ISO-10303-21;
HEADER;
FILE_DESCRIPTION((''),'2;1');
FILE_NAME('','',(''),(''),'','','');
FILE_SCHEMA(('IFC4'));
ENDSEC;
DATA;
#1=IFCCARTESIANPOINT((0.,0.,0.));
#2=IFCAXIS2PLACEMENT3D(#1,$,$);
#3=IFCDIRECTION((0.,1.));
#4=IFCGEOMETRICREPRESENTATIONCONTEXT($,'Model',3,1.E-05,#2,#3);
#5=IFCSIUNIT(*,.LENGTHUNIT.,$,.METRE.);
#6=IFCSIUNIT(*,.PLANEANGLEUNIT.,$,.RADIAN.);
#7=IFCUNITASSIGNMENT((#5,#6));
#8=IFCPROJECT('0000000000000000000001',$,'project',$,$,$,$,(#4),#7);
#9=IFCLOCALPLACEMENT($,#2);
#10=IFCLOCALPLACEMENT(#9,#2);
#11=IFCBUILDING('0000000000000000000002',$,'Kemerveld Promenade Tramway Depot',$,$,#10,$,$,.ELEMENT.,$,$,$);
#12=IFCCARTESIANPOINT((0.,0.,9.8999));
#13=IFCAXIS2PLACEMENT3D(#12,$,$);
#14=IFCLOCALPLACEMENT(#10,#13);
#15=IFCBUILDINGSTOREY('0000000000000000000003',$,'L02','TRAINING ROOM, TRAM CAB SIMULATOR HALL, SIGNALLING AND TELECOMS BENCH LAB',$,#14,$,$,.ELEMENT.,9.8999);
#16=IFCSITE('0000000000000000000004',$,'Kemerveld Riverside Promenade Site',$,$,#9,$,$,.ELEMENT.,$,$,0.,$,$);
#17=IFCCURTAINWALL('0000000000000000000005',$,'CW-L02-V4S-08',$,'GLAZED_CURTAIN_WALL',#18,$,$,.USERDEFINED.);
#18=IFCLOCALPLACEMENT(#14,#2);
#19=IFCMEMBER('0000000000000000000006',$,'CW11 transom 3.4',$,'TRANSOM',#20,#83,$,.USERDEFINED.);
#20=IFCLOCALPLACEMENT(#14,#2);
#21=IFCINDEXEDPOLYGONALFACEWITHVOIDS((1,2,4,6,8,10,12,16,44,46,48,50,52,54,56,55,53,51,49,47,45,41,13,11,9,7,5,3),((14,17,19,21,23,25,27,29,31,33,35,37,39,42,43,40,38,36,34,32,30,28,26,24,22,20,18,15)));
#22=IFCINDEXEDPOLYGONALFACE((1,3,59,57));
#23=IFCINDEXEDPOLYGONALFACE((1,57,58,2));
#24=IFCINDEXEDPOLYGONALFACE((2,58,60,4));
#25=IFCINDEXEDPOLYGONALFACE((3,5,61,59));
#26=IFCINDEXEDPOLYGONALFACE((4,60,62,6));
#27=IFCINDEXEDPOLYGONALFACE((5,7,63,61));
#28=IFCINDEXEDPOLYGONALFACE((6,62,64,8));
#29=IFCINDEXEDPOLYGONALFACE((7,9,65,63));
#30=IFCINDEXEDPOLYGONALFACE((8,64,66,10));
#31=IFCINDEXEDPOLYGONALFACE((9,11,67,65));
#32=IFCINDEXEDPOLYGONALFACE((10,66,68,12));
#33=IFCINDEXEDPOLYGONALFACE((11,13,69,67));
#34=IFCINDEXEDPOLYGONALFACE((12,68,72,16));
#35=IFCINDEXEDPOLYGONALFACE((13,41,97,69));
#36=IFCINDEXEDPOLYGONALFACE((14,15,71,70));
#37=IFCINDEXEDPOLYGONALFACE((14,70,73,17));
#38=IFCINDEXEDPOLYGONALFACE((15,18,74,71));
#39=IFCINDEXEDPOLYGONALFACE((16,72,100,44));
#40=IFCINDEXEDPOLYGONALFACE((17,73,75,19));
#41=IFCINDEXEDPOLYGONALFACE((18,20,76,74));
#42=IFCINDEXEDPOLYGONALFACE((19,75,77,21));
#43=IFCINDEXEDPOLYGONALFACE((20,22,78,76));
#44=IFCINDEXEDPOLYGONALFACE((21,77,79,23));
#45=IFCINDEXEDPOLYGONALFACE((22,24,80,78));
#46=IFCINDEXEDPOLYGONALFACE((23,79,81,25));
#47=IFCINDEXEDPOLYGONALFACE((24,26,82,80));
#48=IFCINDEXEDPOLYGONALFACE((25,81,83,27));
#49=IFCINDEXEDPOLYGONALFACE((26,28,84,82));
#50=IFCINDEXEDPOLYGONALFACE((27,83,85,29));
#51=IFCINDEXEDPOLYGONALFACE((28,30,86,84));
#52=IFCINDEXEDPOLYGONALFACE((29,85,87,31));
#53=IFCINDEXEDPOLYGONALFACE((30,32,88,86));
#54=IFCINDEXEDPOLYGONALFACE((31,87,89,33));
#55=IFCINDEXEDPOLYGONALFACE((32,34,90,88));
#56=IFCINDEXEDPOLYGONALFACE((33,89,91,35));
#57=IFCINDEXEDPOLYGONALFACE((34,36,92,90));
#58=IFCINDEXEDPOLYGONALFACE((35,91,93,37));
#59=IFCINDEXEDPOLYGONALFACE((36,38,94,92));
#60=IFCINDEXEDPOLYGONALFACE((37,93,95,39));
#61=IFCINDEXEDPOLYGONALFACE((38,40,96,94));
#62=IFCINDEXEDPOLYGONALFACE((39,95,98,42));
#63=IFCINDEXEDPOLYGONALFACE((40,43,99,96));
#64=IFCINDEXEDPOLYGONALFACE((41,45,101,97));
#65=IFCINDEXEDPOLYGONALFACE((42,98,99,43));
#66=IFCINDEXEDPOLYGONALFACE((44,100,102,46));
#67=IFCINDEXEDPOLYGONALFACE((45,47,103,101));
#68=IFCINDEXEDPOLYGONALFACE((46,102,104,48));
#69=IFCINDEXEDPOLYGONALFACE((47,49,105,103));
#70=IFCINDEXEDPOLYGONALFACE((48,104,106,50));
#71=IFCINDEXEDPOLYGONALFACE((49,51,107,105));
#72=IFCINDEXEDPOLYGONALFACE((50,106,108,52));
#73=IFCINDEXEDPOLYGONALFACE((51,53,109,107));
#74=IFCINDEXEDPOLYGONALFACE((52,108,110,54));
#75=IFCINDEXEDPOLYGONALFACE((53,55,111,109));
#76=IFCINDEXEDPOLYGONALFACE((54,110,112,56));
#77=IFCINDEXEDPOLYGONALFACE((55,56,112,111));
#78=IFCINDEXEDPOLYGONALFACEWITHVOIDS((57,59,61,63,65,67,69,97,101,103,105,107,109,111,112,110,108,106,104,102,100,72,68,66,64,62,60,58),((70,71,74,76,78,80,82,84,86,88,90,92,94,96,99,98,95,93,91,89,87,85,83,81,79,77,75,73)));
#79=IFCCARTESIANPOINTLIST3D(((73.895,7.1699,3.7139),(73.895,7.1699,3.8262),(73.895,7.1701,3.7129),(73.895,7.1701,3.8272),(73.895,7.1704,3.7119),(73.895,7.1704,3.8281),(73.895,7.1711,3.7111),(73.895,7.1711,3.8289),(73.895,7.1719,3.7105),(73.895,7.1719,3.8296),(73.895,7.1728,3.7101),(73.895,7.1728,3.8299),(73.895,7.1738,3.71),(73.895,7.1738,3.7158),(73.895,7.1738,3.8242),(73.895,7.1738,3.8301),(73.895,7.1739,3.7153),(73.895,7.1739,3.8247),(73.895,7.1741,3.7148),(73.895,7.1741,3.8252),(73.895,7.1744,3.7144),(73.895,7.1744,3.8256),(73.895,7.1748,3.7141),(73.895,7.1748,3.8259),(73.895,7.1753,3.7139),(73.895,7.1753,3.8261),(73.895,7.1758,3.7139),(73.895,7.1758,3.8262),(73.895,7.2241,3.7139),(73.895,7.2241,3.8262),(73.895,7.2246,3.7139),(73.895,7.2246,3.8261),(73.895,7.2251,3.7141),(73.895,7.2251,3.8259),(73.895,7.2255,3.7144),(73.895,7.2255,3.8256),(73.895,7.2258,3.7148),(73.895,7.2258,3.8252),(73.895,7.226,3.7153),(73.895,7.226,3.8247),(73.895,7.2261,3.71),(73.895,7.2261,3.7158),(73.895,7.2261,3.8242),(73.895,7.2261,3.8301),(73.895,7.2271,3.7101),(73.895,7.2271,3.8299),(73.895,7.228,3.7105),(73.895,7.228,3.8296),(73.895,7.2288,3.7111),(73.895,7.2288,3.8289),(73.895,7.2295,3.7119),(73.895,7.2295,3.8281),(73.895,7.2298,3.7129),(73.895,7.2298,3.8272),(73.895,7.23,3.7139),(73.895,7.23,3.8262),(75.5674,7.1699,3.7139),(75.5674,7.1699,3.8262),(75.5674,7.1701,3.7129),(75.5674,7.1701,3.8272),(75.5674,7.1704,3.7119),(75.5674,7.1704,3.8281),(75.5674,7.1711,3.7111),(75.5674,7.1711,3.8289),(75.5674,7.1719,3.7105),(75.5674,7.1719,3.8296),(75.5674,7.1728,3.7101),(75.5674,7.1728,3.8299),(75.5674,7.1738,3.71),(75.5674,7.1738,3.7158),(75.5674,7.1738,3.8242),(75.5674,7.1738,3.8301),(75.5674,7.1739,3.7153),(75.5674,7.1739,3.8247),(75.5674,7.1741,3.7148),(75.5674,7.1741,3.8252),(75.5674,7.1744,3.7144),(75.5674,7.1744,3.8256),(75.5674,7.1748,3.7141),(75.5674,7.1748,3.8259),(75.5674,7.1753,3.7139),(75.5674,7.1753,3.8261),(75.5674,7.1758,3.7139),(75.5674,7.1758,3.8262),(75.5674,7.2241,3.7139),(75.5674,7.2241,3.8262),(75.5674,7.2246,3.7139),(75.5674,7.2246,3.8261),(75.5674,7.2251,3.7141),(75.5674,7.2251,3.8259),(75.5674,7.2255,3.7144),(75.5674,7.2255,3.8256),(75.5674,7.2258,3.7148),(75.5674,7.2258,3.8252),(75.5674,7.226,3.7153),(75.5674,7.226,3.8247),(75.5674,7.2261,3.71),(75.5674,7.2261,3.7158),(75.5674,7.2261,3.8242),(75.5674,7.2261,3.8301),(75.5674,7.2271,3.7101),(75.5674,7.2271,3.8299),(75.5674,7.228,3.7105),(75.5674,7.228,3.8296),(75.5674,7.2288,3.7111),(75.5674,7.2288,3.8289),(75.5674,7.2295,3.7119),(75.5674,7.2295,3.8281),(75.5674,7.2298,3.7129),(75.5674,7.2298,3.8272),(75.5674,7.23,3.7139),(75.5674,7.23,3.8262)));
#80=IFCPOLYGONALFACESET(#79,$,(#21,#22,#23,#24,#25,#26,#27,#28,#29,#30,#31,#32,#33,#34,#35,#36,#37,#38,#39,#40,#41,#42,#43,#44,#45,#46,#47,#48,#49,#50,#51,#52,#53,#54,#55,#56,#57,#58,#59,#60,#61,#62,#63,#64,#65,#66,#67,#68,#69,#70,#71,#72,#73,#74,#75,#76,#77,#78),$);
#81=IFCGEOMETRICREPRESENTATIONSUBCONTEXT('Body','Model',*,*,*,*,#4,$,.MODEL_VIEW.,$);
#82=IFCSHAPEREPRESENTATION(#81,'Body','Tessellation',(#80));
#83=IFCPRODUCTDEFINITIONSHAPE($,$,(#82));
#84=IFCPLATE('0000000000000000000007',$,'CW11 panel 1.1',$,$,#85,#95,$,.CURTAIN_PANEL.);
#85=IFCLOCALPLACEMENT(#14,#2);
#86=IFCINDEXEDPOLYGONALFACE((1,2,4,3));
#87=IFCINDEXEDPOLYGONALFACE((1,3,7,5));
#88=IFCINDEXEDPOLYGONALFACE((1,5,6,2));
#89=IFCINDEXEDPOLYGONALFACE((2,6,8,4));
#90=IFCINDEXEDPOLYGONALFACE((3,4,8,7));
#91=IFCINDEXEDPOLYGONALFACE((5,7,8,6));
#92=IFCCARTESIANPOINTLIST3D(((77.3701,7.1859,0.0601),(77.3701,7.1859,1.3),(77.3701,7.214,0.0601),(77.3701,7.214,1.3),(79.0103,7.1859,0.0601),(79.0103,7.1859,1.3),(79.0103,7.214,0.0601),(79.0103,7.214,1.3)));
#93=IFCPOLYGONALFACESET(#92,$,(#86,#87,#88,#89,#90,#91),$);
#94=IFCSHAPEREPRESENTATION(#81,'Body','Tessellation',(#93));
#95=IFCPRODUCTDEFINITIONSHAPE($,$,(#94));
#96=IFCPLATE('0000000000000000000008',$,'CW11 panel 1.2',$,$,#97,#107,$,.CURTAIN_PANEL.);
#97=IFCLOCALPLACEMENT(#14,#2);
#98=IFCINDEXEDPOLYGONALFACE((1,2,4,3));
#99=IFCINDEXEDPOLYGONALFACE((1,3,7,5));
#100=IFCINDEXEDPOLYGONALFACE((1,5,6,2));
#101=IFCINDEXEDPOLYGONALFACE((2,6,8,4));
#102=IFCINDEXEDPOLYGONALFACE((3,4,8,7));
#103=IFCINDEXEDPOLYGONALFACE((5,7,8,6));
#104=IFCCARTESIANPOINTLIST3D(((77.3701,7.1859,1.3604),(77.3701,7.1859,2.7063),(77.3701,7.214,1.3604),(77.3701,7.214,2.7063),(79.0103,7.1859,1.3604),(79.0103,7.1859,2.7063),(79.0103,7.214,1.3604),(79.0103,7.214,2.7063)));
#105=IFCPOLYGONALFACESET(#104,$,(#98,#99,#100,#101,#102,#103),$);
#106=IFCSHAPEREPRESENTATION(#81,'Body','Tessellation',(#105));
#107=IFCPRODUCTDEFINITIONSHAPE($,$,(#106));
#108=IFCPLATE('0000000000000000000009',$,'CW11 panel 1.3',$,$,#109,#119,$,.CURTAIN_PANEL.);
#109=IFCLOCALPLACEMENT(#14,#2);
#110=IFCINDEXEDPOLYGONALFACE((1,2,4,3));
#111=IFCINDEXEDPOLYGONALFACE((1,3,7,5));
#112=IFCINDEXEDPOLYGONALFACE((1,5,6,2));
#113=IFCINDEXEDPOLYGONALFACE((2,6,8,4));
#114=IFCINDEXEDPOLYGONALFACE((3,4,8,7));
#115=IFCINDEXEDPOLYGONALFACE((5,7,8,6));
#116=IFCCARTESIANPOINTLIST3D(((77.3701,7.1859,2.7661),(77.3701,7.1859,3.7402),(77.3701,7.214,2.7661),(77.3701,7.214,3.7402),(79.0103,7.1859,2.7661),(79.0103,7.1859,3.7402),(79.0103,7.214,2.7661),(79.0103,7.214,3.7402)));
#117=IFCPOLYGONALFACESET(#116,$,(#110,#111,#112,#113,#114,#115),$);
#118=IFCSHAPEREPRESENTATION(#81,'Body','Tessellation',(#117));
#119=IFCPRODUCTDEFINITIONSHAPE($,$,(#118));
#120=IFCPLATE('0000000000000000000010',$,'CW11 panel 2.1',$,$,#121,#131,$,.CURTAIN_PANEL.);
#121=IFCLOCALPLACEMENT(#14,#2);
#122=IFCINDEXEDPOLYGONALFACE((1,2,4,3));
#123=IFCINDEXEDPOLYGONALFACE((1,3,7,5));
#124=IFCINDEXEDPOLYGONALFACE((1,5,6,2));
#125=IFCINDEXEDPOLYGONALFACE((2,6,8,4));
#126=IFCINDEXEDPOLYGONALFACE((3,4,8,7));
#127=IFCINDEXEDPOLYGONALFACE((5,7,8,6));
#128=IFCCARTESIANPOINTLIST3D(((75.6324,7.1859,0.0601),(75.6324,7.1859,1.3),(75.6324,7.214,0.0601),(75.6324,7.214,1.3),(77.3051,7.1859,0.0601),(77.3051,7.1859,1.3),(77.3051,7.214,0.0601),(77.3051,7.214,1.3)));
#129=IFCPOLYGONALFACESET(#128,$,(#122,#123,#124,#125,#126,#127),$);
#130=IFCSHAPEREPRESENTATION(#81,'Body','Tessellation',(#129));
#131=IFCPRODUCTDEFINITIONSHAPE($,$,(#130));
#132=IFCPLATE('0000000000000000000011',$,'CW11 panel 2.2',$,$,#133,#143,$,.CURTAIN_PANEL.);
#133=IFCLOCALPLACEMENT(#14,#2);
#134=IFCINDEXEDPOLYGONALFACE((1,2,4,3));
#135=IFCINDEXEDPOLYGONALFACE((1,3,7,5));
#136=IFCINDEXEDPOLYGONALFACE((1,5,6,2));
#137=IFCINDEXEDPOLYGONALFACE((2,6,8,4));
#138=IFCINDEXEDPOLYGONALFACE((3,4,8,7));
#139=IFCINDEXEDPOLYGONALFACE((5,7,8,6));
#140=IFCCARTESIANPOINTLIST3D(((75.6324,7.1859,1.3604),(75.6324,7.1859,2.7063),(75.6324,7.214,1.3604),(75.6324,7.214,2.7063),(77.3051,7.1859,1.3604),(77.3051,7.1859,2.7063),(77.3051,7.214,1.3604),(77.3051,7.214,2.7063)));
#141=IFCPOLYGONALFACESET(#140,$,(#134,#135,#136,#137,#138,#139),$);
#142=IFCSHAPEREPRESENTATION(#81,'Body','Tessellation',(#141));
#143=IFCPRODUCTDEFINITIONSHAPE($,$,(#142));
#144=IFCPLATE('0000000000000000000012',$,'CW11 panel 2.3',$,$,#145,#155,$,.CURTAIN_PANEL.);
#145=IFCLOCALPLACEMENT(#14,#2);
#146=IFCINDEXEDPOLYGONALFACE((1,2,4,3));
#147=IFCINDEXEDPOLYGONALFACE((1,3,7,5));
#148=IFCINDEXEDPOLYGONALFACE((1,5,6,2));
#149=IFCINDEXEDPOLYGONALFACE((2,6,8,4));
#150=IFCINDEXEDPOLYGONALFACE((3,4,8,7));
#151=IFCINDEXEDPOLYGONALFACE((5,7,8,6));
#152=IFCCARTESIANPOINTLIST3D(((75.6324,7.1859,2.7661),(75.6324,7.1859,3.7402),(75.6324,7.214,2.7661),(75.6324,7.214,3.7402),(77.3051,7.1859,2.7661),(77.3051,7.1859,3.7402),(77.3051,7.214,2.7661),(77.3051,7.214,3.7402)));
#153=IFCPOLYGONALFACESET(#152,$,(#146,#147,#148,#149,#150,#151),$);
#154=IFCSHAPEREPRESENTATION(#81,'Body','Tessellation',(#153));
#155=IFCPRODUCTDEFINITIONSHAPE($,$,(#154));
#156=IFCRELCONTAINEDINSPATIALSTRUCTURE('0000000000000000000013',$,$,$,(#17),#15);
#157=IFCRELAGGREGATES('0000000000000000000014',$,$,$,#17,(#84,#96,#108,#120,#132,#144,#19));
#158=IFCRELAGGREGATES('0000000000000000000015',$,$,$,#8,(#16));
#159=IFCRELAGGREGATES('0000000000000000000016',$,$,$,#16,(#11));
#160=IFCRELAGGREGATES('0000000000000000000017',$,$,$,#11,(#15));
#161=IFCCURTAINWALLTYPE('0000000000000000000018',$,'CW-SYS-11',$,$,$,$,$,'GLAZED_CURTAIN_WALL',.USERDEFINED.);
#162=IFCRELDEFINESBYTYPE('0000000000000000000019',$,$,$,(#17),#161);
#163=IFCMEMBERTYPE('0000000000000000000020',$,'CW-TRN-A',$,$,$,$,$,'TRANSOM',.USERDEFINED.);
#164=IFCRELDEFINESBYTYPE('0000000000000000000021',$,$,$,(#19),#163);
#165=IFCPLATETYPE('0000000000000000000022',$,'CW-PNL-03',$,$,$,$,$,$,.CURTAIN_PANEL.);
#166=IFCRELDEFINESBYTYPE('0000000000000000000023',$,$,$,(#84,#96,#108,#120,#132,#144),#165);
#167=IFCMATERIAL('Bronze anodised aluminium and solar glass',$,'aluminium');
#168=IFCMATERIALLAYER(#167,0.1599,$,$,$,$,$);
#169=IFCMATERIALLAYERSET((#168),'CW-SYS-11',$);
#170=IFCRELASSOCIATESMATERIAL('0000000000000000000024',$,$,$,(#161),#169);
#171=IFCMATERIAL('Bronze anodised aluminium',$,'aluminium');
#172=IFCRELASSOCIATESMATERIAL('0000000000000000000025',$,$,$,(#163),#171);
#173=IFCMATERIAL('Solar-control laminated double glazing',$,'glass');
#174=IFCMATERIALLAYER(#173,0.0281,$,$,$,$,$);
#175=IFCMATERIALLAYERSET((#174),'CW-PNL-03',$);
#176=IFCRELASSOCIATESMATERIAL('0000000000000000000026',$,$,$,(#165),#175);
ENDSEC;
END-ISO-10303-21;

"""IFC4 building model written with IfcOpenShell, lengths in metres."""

from ifc_helpers import new_model, si_unit, direction, frame, origin, origin_2d, place, context, subcontext, project, spatial, rectangle, hollow_rectangle, extrude, material, layer, layer_set, material_profile, profile_set, type_object, element, aggregate, save


model = new_model("IFC4")

# Units and contexts
model_context = context("Model", 3, precision=1e-05, world=origin(), true_north=direction((0.0, 1.0)))
body_context = subcontext(model_context, "Body", "Model", "MODEL_VIEW")
ifc_project = project(units=[si_unit("LENGTHUNIT", "METRE"), si_unit("PLANEANGLEUNIT", "RADIAN")], contexts=[model_context])

# Site, building, storey
site_placement = place(None, origin())
site = spatial("IfcSite", under=ifc_project, at=site_placement, Name="Kemerveld Riverside Promenade Site", CompositionType="ELEMENT", RefElevation=0.0)
building_placement = place(site_placement, origin())
building = spatial("IfcBuilding", under=site, at=building_placement, Name="Kemerveld Promenade Tramway Depot", CompositionType="ELEMENT")
storey_placement = place(building_placement, frame((0.0, 0.0, 9.8999)))
storey = spatial("IfcBuildingStorey", under=building, at=storey_placement, Name="L02", Description="TRAINING ROOM, TRAM CAB SIMULATOR HALL, SIGNALLING AND TELECOMS BENCH LAB", CompositionType="ELEMENT", Elevation=9.8999)

# Curtain wall, member, plates
ifc_material_1 = material(Name="Bronze anodised aluminium and solar glass", Category="aluminium")
ifc_layer_1 = layer(ifc_material_1, 0.1599)
ifc_layer_set_1 = layer_set([ifc_layer_1], Name="CW-SYS-11")
curtain_wall_type = type_object("IfcCurtainWallType", Name="CW-SYS-11", ElementType="GLAZED_CURTAIN_WALL", PredefinedType="USERDEFINED", material=ifc_layer_set_1)
curtain_wall_placement = place(storey_placement, origin())
curtain_wall = element("IfcCurtainWall", 1, at=curtain_wall_placement, inside=storey, type_object=curtain_wall_type, Name="CW-L02-V4S-08", ObjectType="GLAZED_CURTAIN_WALL", PredefinedType="USERDEFINED")
ifc_material_2 = material(Name="Bronze anodised aluminium", Category="aluminium")
ifc_material_profile_1 = material_profile(ifc_material_2, hollow_rectangle(XDim=0.0601, YDim=0.1201, WallThickness=0.0039, InnerFilletRadius=0.002, OuterFilletRadius=0.0039, at=origin_2d()), Name="CW-TRN-120x60")
ifc_profile_set_1 = profile_set([ifc_material_profile_1], Name="Bronze anodised aluminium")
member_type_1 = type_object("IfcMemberType", Name="CW-TRN-A", ElementType="TRANSOM", PredefinedType="USERDEFINED", material=ifc_profile_set_1)
member_1_placement = place(storey_placement, frame((75.5674, 7.2, 3.77), z_axis=(-1.0, 0.0, 0.0), x_axis=(0.0, -1.0, 0.0)))
member_1 = element("IfcMember", 2, at=member_1_placement, type_object=member_type_1, Name="CW11 transom 3.4", ObjectType="TRANSOM", PredefinedType="USERDEFINED", context=body_context, shape_type="SweptSolid", body=[
    extrude(hollow_rectangle(XDim=0.0601, YDim=0.1201, WallThickness=0.0039, InnerFilletRadius=0.002, OuterFilletRadius=0.0039, at=origin_2d()), origin(), (0.0, 0.0, 1.0), 1.6724),
])
ifc_material_3 = material(Name="Solar-control laminated double glazing", Category="glass")
ifc_layer_2 = layer(ifc_material_3, 0.0281)
ifc_layer_set_2 = layer_set([ifc_layer_2], Name="CW-PNL-03")
plate_type = type_object("IfcPlateType", Name="CW-PNL-03", PredefinedType="CURTAIN_PANEL", material=ifc_layer_set_2)
plate_1_placement = place(storey_placement, frame((78.1902, 7.2, 0.0601), z_axis=(0.0, 0.0, 1.0), x_axis=(-1.0, 0.0, 0.0)))
plate_1 = element("IfcPlate", 3, at=plate_1_placement, type_object=plate_type, Name="CW11 panel 1.1", PredefinedType="CURTAIN_PANEL", context=body_context, shape_type="SweptSolid", body=[
    extrude(rectangle(XDim=1.6401, YDim=0.0281, at=origin_2d()), origin(), (0.0, 0.0, 1.0), 1.24),
])
plate_2_placement = place(storey_placement, frame((78.1902, 7.2, 1.3604), z_axis=(0.0, 0.0, 1.0), x_axis=(-1.0, 0.0, 0.0)))
plate_2 = element("IfcPlate", 4, at=plate_2_placement, type_object=plate_type, Name="CW11 panel 1.2", PredefinedType="CURTAIN_PANEL", context=body_context, shape_type="SweptSolid", body=[
    extrude(rectangle(XDim=1.6401, YDim=0.0281, at=origin_2d()), origin(), (0.0, 0.0, 1.0), 1.3459),
])
plate_3_placement = place(storey_placement, frame((78.1902, 7.2, 2.7661), z_axis=(0.0, 0.0, 1.0), x_axis=(-1.0, 0.0, 0.0)))
plate_3 = element("IfcPlate", 5, at=plate_3_placement, type_object=plate_type, Name="CW11 panel 1.3", PredefinedType="CURTAIN_PANEL", context=body_context, shape_type="SweptSolid", body=[
    extrude(rectangle(XDim=1.6401, YDim=0.0281, at=origin_2d()), origin(), (0.0, 0.0, 1.0), 0.9741),
])
plate_4_placement = place(storey_placement, frame((76.4688, 7.2, 0.0601), z_axis=(0.0, 0.0, 1.0), x_axis=(-1.0, 0.0, 0.0)))
plate_4 = element("IfcPlate", 6, at=plate_4_placement, type_object=plate_type, Name="CW11 panel 2.1", PredefinedType="CURTAIN_PANEL", context=body_context, shape_type="SweptSolid", body=[
    extrude(rectangle(XDim=1.6726, YDim=0.0281, at=origin_2d()), origin(), (0.0, 0.0, 1.0), 1.24),
])
plate_5_placement = place(storey_placement, frame((76.4688, 7.2, 1.3604), z_axis=(0.0, 0.0, 1.0), x_axis=(-1.0, 0.0, 0.0)))
plate_5 = element("IfcPlate", 7, at=plate_5_placement, type_object=plate_type, Name="CW11 panel 2.2", PredefinedType="CURTAIN_PANEL", context=body_context, shape_type="SweptSolid", body=[
    extrude(rectangle(XDim=1.6726, YDim=0.0281, at=origin_2d()), origin(), (0.0, 0.0, 1.0), 1.3459),
])
plate_6_placement = place(storey_placement, frame((76.4688, 7.2, 2.7661), z_axis=(0.0, 0.0, 1.0), x_axis=(-1.0, 0.0, 0.0)))
plate_6 = element("IfcPlate", 8, at=plate_6_placement, type_object=plate_type, Name="CW11 panel 2.3", PredefinedType="CURTAIN_PANEL", context=body_context, shape_type="SweptSolid", body=[
    extrude(rectangle(XDim=1.6726, YDim=0.0281, at=origin_2d()), origin(), (0.0, 0.0, 1.0), 0.9741),
])
aggregate(curtain_wall, [plate_1, plate_2, plate_3, plate_4, plate_5, plate_6, member_1])

save(model, "model.ifc")
